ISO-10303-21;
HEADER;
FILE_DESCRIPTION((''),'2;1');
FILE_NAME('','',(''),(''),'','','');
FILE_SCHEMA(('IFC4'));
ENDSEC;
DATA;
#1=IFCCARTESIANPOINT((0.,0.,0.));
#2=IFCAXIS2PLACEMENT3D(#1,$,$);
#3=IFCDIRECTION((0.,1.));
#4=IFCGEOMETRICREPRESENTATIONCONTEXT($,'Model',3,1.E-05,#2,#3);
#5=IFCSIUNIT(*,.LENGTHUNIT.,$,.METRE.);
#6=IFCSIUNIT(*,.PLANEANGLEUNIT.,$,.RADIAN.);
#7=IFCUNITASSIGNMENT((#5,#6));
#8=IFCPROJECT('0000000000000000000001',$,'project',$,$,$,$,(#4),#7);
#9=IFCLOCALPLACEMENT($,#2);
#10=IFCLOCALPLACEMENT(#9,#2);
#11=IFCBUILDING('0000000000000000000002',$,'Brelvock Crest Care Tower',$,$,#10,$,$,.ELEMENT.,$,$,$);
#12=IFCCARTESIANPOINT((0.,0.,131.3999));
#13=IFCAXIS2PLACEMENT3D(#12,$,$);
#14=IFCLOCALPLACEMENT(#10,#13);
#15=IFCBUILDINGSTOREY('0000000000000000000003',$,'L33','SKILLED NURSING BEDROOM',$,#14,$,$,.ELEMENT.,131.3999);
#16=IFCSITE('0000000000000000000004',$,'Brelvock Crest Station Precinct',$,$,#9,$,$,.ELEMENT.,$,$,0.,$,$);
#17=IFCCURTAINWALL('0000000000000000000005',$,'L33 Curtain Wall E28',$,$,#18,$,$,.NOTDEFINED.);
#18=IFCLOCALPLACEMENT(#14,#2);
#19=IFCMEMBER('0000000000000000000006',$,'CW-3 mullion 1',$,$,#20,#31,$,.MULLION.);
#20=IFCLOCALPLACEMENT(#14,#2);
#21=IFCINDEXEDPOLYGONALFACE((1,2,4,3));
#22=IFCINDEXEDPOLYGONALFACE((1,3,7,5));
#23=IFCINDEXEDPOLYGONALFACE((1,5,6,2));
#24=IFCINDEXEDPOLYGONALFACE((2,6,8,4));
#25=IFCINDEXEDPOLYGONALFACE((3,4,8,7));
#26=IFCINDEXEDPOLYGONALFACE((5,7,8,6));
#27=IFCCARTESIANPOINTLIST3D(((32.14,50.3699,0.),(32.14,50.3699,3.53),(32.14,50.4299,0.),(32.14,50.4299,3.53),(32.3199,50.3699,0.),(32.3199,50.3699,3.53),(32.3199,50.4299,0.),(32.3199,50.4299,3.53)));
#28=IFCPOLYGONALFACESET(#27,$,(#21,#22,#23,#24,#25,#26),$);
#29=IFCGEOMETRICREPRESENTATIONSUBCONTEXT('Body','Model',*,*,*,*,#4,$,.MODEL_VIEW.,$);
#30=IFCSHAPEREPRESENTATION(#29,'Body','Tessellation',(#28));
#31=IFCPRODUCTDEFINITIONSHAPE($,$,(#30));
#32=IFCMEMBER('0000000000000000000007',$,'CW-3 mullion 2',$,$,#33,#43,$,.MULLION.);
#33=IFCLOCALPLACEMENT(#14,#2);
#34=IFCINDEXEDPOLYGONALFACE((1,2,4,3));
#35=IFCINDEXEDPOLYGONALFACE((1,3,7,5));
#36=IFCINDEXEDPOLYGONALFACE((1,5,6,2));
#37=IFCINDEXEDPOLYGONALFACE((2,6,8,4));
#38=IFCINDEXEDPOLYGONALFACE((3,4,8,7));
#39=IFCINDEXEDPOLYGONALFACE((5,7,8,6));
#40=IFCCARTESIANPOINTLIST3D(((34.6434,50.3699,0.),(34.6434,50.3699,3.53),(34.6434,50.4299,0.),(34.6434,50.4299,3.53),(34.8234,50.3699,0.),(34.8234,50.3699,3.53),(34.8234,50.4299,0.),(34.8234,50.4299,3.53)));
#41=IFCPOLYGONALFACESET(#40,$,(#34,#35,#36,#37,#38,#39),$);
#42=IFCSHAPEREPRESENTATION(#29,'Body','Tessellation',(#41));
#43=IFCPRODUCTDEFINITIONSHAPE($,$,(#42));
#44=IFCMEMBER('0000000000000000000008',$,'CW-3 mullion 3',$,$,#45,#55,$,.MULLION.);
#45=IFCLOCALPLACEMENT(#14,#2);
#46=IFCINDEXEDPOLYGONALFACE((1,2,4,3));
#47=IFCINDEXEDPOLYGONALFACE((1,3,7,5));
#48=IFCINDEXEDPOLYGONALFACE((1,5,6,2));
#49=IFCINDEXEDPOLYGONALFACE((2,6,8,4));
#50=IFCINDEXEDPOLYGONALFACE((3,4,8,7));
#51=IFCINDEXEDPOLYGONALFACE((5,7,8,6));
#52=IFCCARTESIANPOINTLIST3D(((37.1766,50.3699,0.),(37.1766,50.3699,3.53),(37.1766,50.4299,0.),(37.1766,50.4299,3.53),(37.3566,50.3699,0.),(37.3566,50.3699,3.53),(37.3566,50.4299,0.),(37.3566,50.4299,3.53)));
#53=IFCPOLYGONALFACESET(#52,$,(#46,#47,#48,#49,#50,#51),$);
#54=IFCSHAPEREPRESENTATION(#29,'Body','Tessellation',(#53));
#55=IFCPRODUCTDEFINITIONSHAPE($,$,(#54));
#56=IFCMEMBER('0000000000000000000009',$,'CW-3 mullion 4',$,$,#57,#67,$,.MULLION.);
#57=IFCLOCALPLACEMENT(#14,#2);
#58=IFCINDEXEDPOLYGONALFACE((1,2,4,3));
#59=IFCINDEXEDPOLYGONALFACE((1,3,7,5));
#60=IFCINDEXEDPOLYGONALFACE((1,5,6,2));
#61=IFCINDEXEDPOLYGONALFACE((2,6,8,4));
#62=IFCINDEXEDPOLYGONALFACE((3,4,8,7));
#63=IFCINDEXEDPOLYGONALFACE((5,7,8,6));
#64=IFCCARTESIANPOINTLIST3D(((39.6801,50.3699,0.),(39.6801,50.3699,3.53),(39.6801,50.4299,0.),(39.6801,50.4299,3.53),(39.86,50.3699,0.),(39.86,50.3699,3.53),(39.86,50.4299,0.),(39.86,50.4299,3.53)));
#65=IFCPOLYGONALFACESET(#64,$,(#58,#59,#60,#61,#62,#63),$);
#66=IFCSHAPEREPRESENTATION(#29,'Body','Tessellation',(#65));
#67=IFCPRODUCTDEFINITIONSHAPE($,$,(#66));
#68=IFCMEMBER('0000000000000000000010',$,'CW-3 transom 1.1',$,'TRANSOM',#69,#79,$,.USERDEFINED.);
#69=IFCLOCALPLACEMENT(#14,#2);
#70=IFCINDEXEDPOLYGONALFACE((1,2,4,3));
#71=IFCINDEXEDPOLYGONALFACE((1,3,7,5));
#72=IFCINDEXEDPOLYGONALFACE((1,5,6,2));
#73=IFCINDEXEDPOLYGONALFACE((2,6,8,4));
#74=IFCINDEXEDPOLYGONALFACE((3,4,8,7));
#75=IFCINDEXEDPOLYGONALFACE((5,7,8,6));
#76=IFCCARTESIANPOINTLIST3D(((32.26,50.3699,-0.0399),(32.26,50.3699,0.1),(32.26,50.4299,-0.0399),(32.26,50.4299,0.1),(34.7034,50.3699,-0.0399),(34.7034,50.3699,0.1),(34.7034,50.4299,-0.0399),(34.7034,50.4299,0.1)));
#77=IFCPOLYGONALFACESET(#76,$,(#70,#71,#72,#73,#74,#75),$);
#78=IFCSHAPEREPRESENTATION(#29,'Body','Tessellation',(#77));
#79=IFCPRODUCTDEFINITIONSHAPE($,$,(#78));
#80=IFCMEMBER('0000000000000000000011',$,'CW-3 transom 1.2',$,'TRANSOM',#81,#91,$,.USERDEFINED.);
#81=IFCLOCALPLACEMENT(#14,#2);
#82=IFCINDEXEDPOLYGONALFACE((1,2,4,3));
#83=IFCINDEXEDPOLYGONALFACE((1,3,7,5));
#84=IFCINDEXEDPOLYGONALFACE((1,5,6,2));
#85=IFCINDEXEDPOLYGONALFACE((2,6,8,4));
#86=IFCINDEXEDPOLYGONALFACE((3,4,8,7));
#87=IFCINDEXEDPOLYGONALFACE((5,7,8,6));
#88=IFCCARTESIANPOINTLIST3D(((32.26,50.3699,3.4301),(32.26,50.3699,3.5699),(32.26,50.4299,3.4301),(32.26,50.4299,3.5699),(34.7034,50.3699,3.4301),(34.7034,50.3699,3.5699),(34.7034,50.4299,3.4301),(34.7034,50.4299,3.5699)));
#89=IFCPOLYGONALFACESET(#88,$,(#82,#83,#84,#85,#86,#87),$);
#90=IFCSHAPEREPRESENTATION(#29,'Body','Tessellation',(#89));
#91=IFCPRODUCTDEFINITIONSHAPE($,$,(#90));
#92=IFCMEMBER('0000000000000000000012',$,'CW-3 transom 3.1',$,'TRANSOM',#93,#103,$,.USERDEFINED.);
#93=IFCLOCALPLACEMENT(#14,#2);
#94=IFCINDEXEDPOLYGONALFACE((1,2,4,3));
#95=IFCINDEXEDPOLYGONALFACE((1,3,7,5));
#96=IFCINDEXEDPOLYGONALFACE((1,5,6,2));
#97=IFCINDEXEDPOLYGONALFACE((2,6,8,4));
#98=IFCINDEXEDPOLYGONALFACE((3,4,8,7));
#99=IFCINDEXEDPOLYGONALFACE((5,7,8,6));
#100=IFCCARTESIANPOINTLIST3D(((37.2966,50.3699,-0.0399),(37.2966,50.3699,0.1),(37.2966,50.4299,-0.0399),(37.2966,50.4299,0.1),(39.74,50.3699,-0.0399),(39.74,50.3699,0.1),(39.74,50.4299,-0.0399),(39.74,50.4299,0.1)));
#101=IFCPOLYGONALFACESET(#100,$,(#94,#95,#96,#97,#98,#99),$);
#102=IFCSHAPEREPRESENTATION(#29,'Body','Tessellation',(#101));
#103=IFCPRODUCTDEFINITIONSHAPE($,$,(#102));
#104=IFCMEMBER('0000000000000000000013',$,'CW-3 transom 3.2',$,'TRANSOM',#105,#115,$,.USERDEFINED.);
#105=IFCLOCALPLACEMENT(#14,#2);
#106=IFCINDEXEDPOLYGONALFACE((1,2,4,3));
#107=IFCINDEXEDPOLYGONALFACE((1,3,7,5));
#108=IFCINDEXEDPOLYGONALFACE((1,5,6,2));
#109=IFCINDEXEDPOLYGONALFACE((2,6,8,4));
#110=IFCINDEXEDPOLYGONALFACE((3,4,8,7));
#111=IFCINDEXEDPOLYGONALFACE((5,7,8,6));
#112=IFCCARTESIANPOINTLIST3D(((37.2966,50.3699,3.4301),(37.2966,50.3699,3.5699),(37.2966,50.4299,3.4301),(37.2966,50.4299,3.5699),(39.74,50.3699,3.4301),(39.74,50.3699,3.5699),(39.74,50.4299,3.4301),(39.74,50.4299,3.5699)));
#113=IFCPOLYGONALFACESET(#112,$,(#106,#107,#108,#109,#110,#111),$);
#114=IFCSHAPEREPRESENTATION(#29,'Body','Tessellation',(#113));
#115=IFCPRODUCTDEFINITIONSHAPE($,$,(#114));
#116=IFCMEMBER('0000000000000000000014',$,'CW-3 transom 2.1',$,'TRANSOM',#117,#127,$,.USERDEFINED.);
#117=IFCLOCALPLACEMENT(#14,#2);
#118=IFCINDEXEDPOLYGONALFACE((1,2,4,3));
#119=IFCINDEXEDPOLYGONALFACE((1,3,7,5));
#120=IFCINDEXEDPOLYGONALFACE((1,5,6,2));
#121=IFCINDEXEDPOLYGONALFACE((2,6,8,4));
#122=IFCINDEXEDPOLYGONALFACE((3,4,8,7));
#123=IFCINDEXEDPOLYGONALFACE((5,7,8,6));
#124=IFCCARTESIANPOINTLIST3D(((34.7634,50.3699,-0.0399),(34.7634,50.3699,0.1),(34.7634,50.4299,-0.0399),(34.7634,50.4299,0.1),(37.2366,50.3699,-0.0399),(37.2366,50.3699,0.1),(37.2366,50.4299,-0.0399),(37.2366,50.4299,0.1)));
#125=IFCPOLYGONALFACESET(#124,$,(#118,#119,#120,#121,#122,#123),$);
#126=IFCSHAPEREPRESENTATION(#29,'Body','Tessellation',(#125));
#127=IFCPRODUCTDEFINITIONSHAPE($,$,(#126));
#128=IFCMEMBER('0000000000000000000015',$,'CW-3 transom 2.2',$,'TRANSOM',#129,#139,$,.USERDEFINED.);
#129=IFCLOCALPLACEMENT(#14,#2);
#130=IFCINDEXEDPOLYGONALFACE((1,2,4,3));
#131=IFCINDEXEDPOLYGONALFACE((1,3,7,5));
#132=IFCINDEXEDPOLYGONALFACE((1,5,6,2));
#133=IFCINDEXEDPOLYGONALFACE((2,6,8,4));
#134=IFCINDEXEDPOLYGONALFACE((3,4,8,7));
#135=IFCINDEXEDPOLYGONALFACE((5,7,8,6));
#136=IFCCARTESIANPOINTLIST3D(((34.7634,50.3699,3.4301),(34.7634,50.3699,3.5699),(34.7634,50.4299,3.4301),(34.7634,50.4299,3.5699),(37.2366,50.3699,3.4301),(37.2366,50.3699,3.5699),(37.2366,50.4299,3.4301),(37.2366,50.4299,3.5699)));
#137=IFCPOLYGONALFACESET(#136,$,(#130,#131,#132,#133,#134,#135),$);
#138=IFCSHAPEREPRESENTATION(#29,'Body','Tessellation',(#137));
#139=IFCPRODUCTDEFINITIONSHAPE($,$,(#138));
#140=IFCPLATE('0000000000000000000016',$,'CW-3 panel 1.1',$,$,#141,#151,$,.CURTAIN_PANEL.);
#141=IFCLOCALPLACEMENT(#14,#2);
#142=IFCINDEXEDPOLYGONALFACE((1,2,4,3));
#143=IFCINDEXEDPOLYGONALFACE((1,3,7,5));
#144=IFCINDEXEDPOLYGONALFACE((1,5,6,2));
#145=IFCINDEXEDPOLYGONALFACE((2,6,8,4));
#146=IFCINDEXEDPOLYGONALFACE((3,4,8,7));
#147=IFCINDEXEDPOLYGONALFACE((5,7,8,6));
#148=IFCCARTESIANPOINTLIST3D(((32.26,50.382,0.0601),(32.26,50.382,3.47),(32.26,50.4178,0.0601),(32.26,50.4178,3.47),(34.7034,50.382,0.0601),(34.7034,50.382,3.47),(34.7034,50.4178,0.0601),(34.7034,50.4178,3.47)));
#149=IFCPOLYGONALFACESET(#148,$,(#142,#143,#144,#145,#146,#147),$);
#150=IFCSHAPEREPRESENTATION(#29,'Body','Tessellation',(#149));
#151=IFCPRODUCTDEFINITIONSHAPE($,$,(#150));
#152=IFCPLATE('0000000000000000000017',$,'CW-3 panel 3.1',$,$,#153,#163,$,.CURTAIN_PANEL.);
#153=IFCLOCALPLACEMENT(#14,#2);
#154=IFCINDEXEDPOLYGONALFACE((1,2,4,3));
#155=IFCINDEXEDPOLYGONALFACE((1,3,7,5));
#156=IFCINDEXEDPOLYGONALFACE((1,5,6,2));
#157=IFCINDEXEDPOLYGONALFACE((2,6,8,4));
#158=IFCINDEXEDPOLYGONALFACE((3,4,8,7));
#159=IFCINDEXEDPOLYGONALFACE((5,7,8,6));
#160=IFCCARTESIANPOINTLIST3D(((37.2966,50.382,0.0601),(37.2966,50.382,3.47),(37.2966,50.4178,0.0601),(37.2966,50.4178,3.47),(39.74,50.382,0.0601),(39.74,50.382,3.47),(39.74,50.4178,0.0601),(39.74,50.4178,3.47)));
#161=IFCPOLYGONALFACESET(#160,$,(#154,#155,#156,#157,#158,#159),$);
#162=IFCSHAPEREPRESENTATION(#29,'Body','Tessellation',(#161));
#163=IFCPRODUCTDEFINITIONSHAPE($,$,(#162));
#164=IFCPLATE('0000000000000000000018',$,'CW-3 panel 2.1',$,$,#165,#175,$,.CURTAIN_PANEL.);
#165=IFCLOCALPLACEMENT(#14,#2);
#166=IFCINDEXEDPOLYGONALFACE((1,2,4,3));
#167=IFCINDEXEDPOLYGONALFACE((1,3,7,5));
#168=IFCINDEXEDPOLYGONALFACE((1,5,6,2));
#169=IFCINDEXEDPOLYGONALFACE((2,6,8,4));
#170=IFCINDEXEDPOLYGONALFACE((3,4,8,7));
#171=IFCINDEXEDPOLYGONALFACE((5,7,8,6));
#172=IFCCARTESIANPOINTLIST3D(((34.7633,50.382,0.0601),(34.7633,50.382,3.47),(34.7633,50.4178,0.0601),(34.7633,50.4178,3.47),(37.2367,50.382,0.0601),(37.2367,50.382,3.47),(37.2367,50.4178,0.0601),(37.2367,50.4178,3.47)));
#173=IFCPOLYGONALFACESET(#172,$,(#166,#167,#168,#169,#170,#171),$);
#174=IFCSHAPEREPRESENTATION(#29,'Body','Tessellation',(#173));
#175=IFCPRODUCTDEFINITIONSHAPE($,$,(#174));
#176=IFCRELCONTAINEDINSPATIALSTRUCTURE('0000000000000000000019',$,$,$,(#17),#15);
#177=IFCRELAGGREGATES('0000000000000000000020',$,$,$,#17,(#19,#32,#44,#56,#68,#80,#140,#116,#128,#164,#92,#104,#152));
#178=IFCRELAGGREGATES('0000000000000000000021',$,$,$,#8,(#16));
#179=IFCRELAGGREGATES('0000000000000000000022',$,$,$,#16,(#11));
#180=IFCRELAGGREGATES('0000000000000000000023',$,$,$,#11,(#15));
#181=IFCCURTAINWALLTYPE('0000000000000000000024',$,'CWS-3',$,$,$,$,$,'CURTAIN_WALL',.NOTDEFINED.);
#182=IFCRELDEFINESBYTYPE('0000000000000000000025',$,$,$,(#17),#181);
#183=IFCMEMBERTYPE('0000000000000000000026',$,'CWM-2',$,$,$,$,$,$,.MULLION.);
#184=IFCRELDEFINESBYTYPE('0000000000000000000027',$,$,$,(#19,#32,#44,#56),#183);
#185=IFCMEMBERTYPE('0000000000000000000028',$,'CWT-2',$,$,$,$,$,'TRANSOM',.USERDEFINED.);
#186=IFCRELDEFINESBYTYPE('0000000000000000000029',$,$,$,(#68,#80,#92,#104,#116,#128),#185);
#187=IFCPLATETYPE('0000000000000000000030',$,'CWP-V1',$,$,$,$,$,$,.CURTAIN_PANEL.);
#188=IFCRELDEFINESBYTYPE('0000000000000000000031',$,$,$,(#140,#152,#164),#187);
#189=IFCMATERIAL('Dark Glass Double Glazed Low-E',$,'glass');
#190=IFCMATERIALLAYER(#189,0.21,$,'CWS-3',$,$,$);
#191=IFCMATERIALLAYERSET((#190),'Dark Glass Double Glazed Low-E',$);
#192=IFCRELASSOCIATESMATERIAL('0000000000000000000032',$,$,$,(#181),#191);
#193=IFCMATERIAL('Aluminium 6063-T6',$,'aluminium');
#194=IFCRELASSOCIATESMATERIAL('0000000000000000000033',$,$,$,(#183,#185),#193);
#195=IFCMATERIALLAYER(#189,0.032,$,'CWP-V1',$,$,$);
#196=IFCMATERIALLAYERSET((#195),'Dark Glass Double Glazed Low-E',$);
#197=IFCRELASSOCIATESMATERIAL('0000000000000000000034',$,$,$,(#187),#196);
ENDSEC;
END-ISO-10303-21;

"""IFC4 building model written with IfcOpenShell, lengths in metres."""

from ifc_helpers import new_model, si_unit, direction, frame, origin, origin_2d, place, context, subcontext, project, spatial, rectangle, extrude, source, transform, mapped, material, layer, layer_set, material_profile, profile_set, type_object, element, aggregate, save


model = new_model("IFC4")

# Units and contexts
model_context = context("Model", 3, precision=1e-05, world=origin(), true_north=direction((0.0, 1.0)))
body_context = subcontext(model_context, "Body", "Model", "MODEL_VIEW")
ifc_project = project(units=[si_unit("LENGTHUNIT", "METRE"), si_unit("PLANEANGLEUNIT", "RADIAN")], contexts=[model_context])

# Site, building, storey
site_placement = place(None, origin())
site = spatial("IfcSite", under=ifc_project, at=site_placement, Name="Brelvock Crest Station Precinct", CompositionType="ELEMENT", RefElevation=0.0)
building_placement = place(site_placement, origin())
building = spatial("IfcBuilding", under=site, at=building_placement, Name="Brelvock Crest Care Tower", CompositionType="ELEMENT")
storey_placement = place(building_placement, frame((0.0, 0.0, 131.3999)))
storey = spatial("IfcBuildingStorey", under=building, at=storey_placement, Name="L33", Description="SKILLED NURSING BEDROOM", CompositionType="ELEMENT", Elevation=131.3999)

# Curtain wall, members, plates
ifc_material_1 = material(Name="Dark Glass Double Glazed Low-E", Category="glass")
ifc_layer_1 = layer(ifc_material_1, 0.21, Name="CWS-3")
ifc_layer_set_1 = layer_set([ifc_layer_1], Name="Dark Glass Double Glazed Low-E")
curtain_wall_type = type_object("IfcCurtainWallType", Name="CWS-3", ElementType="CURTAIN_WALL", PredefinedType="NOTDEFINED", material=ifc_layer_set_1)
curtain_wall_placement = place(storey_placement, origin())
curtain_wall = element("IfcCurtainWall", 1, at=curtain_wall_placement, inside=storey, type_object=curtain_wall_type, Name="L33 Curtain Wall E28", PredefinedType="NOTDEFINED")
ifc_material_2 = material(Name="Aluminium 6063-T6", Category="aluminium")
ifc_material_profile_1 = material_profile(ifc_material_2, rectangle(XDim=0.0601, YDim=0.1799, at=origin_2d()), Name="ALU60x180")
ifc_profile_set_1 = profile_set([ifc_material_profile_1], Name="Aluminium 6063-T6")
member_type_1 = type_object("IfcMemberType", Name="CWM-2", PredefinedType="MULLION", material=ifc_profile_set_1)
shared_shape_1 = source(origin(), body_context, "Body", "SweptSolid", [
    extrude(rectangle(XDim=0.0601, YDim=0.1799, at=origin_2d()), origin(), (0.0, 0.0, 1.0), 3.53),
])
member_1_placement = place(storey_placement, frame((32.23, 50.3999, 0.0), z_axis=(0.0, 0.0, 1.0), x_axis=(0.0, 1.0, 0.0)))
member_1 = element("IfcMember", 2, at=member_1_placement, type_object=member_type_1, Name="CW-3 mullion 1", PredefinedType="MULLION", context=body_context, shape_type="MappedRepresentation", body=[
    mapped(shared_shape_1, transform((0.0, 0.0, 0.0), x_axis=(1.0, 0.0, 0.0), y_axis=(0.0, 1.0, 0.0), z_axis=(0.0, 0.0, 1.0), scale=1.0)),
])
member_2_placement = place(storey_placement, frame((34.7334, 50.3999, 0.0), z_axis=(0.0, 0.0, 1.0), x_axis=(0.0, 1.0, 0.0)))
member_2 = element("IfcMember", 3, at=member_2_placement, type_object=member_type_1, Name="CW-3 mullion 2", PredefinedType="MULLION", context=body_context, shape_type="MappedRepresentation", body=[
    mapped(shared_shape_1, transform((0.0, 0.0, 0.0), x_axis=(1.0, 0.0, 0.0), y_axis=(0.0, 1.0, 0.0), z_axis=(0.0, 0.0, 1.0), scale=1.0)),
])
member_3_placement = place(storey_placement, frame((37.2666, 50.3999, 0.0), z_axis=(0.0, 0.0, 1.0), x_axis=(0.0, 1.0, 0.0)))
member_3 = element("IfcMember", 4, at=member_3_placement, type_object=member_type_1, Name="CW-3 mullion 3", PredefinedType="MULLION", context=body_context, shape_type="MappedRepresentation", body=[
    mapped(shared_shape_1, transform((0.0, 0.0, 0.0), x_axis=(1.0, 0.0, 0.0), y_axis=(0.0, 1.0, 0.0), z_axis=(0.0, 0.0, 1.0), scale=1.0)),
])
member_4_placement = place(storey_placement, frame((39.77, 50.3999, 0.0), z_axis=(0.0, 0.0, 1.0), x_axis=(0.0, 1.0, 0.0)))
member_4 = element("IfcMember", 5, at=member_4_placement, type_object=member_type_1, Name="CW-3 mullion 4", PredefinedType="MULLION", context=body_context, shape_type="MappedRepresentation", body=[
    mapped(shared_shape_1, transform((0.0, 0.0, 0.0), x_axis=(1.0, 0.0, 0.0), y_axis=(0.0, 1.0, 0.0), z_axis=(0.0, 0.0, 1.0), scale=1.0)),
])
ifc_material_profile_2 = material_profile(ifc_material_2, rectangle(XDim=0.0601, YDim=0.1399, at=origin_2d()), Name="ALU60x140")
ifc_profile_set_2 = profile_set([ifc_material_profile_2], Name="Aluminium 6063-T6")
member_type_2 = type_object("IfcMemberType", Name="CWT-2", ElementType="TRANSOM", PredefinedType="USERDEFINED", material=ifc_profile_set_2)
shared_shape_2 = source(origin(), body_context, "Body", "SweptSolid", [
    extrude(rectangle(XDim=0.0601, YDim=0.1399, at=origin_2d()), origin(), (0.0, 0.0, 1.0), 2.4434),
])
member_5_placement = place(storey_placement, frame((32.26, 50.3999, 0.03), z_axis=(1.0, 0.0, 0.0), x_axis=(0.0, 1.0, 0.0)))
member_5 = element("IfcMember", 6, at=member_5_placement, type_object=member_type_2, Name="CW-3 transom 1.1", ObjectType="TRANSOM", PredefinedType="USERDEFINED", context=body_context, shape_type="MappedRepresentation", body=[
    mapped(shared_shape_2, transform((0.0, 0.0, 0.0), x_axis=(1.0, 0.0, 0.0), y_axis=(0.0, 1.0, 0.0), z_axis=(0.0, 0.0, 1.0), scale=1.0)),
])
member_6_placement = place(storey_placement, frame((32.26, 50.3999, 3.5), z_axis=(1.0, 0.0, 0.0), x_axis=(0.0, 1.0, 0.0)))
member_6 = element("IfcMember", 7, at=member_6_placement, type_object=member_type_2, Name="CW-3 transom 1.2", ObjectType="TRANSOM", PredefinedType="USERDEFINED", context=body_context, shape_type="MappedRepresentation", body=[
    mapped(shared_shape_2, transform((0.0, 0.0, 0.0), x_axis=(1.0, 0.0, 0.0), y_axis=(0.0, 1.0, 0.0), z_axis=(0.0, 0.0, 1.0), scale=1.0)),
])
member_7_placement = place(storey_placement, frame((37.2966, 50.3999, 0.03), z_axis=(1.0, 0.0, 0.0), x_axis=(0.0, 1.0, 0.0)))
member_7 = element("IfcMember", 8, at=member_7_placement, type_object=member_type_2, Name="CW-3 transom 3.1", ObjectType="TRANSOM", PredefinedType="USERDEFINED", context=body_context, shape_type="MappedRepresentation", body=[
    mapped(shared_shape_2, transform((0.0, 0.0, 0.0), x_axis=(1.0, 0.0, 0.0), y_axis=(0.0, 1.0, 0.0), z_axis=(0.0, 0.0, 1.0), scale=1.0)),
])
member_8_placement = place(storey_placement, frame((37.2966, 50.3999, 3.5), z_axis=(1.0, 0.0, 0.0), x_axis=(0.0, 1.0, 0.0)))
member_8 = element("IfcMember", 9, at=member_8_placement, type_object=member_type_2, Name="CW-3 transom 3.2", ObjectType="TRANSOM", PredefinedType="USERDEFINED", context=body_context, shape_type="MappedRepresentation", body=[
    mapped(shared_shape_2, transform((0.0, 0.0, 0.0), x_axis=(1.0, 0.0, 0.0), y_axis=(0.0, 1.0, 0.0), z_axis=(0.0, 0.0, 1.0), scale=1.0)),
])
shared_shape_3 = source(origin(), body_context, "Body", "SweptSolid", [
    extrude(rectangle(XDim=0.0601, YDim=0.1399, at=origin_2d()), origin(), (0.0, 0.0, 1.0), 2.4731),
])
member_9_placement = place(storey_placement, frame((34.7634, 50.3999, 0.03), z_axis=(1.0, 0.0, 0.0), x_axis=(0.0, 1.0, 0.0)))
member_9 = element("IfcMember", 10, at=member_9_placement, type_object=member_type_2, Name="CW-3 transom 2.1", ObjectType="TRANSOM", PredefinedType="USERDEFINED", context=body_context, shape_type="MappedRepresentation", body=[
    mapped(shared_shape_3, transform((0.0, 0.0, 0.0), x_axis=(1.0, 0.0, 0.0), y_axis=(0.0, 1.0, 0.0), z_axis=(0.0, 0.0, 1.0), scale=1.0)),
])
member_10_placement = place(storey_placement, frame((34.7634, 50.3999, 3.5), z_axis=(1.0, 0.0, 0.0), x_axis=(0.0, 1.0, 0.0)))
member_10 = element("IfcMember", 11, at=member_10_placement, type_object=member_type_2, Name="CW-3 transom 2.2", ObjectType="TRANSOM", PredefinedType="USERDEFINED", context=body_context, shape_type="MappedRepresentation", body=[
    mapped(shared_shape_3, transform((0.0, 0.0, 0.0), x_axis=(1.0, 0.0, 0.0), y_axis=(0.0, 1.0, 0.0), z_axis=(0.0, 0.0, 1.0), scale=1.0)),
])
ifc_layer_2 = layer(ifc_material_1, 0.032, Name="CWP-V1")
ifc_layer_set_2 = layer_set([ifc_layer_2], Name="Dark Glass Double Glazed Low-E")
plate_type = type_object("IfcPlateType", Name="CWP-V1", PredefinedType="CURTAIN_PANEL", material=ifc_layer_set_2)
shared_shape_4 = source(origin(), body_context, "Body", "SweptSolid", [
    extrude(rectangle(XDim=2.4434, YDim=0.0359, at=origin_2d()), origin(), (0.0, 0.0, 1.0), 3.4099),
])
plate_1_placement = place(storey_placement, frame((33.4817, 50.3999, 0.0601), z_axis=(0.0, 0.0, 1.0), x_axis=(1.0, 0.0, 0.0)))
plate_1 = element("IfcPlate", 12, at=plate_1_placement, type_object=plate_type, Name="CW-3 panel 1.1", PredefinedType="CURTAIN_PANEL", context=body_context, shape_type="MappedRepresentation", body=[
    mapped(shared_shape_4, transform((0.0, 0.0, 0.0), x_axis=(1.0, 0.0, 0.0), y_axis=(0.0, 1.0, 0.0), z_axis=(0.0, 0.0, 1.0), scale=1.0)),
])
plate_2_placement = place(storey_placement, frame((38.5183, 50.3999, 0.0601), z_axis=(0.0, 0.0, 1.0), x_axis=(1.0, 0.0, 0.0)))
plate_2 = element("IfcPlate", 13, at=plate_2_placement, type_object=plate_type, Name="CW-3 panel 3.1", PredefinedType="CURTAIN_PANEL", context=body_context, shape_type="MappedRepresentation", body=[
    mapped(shared_shape_4, transform((0.0, 0.0, 0.0), x_axis=(1.0, 0.0, 0.0), y_axis=(0.0, 1.0, 0.0), z_axis=(0.0, 0.0, 1.0), scale=1.0)),
])
shared_shape_5 = source(origin(), body_context, "Body", "SweptSolid", [
    extrude(rectangle(XDim=2.4734, YDim=0.0359, at=origin_2d()), origin(), (0.0, 0.0, 1.0), 3.4099),
])
plate_3_placement = place(storey_placement, frame((36.0, 50.3999, 0.0601), z_axis=(0.0, 0.0, 1.0), x_axis=(1.0, 0.0, 0.0)))
plate_3 = element("IfcPlate", 14, at=plate_3_placement, type_object=plate_type, Name="CW-3 panel 2.1", PredefinedType="CURTAIN_PANEL", context=body_context, shape_type="MappedRepresentation", body=[
    mapped(shared_shape_5, transform((0.0, 0.0, 0.0), x_axis=(1.0, 0.0, 0.0), y_axis=(0.0, 1.0, 0.0), z_axis=(0.0, 0.0, 1.0), scale=1.0)),
])
aggregate(curtain_wall, [member_1, member_2, member_3, member_4, member_5, member_6, plate_1, member_9, member_10, plate_3, member_7, member_8, plate_2])

save(model, "model.ifc")
